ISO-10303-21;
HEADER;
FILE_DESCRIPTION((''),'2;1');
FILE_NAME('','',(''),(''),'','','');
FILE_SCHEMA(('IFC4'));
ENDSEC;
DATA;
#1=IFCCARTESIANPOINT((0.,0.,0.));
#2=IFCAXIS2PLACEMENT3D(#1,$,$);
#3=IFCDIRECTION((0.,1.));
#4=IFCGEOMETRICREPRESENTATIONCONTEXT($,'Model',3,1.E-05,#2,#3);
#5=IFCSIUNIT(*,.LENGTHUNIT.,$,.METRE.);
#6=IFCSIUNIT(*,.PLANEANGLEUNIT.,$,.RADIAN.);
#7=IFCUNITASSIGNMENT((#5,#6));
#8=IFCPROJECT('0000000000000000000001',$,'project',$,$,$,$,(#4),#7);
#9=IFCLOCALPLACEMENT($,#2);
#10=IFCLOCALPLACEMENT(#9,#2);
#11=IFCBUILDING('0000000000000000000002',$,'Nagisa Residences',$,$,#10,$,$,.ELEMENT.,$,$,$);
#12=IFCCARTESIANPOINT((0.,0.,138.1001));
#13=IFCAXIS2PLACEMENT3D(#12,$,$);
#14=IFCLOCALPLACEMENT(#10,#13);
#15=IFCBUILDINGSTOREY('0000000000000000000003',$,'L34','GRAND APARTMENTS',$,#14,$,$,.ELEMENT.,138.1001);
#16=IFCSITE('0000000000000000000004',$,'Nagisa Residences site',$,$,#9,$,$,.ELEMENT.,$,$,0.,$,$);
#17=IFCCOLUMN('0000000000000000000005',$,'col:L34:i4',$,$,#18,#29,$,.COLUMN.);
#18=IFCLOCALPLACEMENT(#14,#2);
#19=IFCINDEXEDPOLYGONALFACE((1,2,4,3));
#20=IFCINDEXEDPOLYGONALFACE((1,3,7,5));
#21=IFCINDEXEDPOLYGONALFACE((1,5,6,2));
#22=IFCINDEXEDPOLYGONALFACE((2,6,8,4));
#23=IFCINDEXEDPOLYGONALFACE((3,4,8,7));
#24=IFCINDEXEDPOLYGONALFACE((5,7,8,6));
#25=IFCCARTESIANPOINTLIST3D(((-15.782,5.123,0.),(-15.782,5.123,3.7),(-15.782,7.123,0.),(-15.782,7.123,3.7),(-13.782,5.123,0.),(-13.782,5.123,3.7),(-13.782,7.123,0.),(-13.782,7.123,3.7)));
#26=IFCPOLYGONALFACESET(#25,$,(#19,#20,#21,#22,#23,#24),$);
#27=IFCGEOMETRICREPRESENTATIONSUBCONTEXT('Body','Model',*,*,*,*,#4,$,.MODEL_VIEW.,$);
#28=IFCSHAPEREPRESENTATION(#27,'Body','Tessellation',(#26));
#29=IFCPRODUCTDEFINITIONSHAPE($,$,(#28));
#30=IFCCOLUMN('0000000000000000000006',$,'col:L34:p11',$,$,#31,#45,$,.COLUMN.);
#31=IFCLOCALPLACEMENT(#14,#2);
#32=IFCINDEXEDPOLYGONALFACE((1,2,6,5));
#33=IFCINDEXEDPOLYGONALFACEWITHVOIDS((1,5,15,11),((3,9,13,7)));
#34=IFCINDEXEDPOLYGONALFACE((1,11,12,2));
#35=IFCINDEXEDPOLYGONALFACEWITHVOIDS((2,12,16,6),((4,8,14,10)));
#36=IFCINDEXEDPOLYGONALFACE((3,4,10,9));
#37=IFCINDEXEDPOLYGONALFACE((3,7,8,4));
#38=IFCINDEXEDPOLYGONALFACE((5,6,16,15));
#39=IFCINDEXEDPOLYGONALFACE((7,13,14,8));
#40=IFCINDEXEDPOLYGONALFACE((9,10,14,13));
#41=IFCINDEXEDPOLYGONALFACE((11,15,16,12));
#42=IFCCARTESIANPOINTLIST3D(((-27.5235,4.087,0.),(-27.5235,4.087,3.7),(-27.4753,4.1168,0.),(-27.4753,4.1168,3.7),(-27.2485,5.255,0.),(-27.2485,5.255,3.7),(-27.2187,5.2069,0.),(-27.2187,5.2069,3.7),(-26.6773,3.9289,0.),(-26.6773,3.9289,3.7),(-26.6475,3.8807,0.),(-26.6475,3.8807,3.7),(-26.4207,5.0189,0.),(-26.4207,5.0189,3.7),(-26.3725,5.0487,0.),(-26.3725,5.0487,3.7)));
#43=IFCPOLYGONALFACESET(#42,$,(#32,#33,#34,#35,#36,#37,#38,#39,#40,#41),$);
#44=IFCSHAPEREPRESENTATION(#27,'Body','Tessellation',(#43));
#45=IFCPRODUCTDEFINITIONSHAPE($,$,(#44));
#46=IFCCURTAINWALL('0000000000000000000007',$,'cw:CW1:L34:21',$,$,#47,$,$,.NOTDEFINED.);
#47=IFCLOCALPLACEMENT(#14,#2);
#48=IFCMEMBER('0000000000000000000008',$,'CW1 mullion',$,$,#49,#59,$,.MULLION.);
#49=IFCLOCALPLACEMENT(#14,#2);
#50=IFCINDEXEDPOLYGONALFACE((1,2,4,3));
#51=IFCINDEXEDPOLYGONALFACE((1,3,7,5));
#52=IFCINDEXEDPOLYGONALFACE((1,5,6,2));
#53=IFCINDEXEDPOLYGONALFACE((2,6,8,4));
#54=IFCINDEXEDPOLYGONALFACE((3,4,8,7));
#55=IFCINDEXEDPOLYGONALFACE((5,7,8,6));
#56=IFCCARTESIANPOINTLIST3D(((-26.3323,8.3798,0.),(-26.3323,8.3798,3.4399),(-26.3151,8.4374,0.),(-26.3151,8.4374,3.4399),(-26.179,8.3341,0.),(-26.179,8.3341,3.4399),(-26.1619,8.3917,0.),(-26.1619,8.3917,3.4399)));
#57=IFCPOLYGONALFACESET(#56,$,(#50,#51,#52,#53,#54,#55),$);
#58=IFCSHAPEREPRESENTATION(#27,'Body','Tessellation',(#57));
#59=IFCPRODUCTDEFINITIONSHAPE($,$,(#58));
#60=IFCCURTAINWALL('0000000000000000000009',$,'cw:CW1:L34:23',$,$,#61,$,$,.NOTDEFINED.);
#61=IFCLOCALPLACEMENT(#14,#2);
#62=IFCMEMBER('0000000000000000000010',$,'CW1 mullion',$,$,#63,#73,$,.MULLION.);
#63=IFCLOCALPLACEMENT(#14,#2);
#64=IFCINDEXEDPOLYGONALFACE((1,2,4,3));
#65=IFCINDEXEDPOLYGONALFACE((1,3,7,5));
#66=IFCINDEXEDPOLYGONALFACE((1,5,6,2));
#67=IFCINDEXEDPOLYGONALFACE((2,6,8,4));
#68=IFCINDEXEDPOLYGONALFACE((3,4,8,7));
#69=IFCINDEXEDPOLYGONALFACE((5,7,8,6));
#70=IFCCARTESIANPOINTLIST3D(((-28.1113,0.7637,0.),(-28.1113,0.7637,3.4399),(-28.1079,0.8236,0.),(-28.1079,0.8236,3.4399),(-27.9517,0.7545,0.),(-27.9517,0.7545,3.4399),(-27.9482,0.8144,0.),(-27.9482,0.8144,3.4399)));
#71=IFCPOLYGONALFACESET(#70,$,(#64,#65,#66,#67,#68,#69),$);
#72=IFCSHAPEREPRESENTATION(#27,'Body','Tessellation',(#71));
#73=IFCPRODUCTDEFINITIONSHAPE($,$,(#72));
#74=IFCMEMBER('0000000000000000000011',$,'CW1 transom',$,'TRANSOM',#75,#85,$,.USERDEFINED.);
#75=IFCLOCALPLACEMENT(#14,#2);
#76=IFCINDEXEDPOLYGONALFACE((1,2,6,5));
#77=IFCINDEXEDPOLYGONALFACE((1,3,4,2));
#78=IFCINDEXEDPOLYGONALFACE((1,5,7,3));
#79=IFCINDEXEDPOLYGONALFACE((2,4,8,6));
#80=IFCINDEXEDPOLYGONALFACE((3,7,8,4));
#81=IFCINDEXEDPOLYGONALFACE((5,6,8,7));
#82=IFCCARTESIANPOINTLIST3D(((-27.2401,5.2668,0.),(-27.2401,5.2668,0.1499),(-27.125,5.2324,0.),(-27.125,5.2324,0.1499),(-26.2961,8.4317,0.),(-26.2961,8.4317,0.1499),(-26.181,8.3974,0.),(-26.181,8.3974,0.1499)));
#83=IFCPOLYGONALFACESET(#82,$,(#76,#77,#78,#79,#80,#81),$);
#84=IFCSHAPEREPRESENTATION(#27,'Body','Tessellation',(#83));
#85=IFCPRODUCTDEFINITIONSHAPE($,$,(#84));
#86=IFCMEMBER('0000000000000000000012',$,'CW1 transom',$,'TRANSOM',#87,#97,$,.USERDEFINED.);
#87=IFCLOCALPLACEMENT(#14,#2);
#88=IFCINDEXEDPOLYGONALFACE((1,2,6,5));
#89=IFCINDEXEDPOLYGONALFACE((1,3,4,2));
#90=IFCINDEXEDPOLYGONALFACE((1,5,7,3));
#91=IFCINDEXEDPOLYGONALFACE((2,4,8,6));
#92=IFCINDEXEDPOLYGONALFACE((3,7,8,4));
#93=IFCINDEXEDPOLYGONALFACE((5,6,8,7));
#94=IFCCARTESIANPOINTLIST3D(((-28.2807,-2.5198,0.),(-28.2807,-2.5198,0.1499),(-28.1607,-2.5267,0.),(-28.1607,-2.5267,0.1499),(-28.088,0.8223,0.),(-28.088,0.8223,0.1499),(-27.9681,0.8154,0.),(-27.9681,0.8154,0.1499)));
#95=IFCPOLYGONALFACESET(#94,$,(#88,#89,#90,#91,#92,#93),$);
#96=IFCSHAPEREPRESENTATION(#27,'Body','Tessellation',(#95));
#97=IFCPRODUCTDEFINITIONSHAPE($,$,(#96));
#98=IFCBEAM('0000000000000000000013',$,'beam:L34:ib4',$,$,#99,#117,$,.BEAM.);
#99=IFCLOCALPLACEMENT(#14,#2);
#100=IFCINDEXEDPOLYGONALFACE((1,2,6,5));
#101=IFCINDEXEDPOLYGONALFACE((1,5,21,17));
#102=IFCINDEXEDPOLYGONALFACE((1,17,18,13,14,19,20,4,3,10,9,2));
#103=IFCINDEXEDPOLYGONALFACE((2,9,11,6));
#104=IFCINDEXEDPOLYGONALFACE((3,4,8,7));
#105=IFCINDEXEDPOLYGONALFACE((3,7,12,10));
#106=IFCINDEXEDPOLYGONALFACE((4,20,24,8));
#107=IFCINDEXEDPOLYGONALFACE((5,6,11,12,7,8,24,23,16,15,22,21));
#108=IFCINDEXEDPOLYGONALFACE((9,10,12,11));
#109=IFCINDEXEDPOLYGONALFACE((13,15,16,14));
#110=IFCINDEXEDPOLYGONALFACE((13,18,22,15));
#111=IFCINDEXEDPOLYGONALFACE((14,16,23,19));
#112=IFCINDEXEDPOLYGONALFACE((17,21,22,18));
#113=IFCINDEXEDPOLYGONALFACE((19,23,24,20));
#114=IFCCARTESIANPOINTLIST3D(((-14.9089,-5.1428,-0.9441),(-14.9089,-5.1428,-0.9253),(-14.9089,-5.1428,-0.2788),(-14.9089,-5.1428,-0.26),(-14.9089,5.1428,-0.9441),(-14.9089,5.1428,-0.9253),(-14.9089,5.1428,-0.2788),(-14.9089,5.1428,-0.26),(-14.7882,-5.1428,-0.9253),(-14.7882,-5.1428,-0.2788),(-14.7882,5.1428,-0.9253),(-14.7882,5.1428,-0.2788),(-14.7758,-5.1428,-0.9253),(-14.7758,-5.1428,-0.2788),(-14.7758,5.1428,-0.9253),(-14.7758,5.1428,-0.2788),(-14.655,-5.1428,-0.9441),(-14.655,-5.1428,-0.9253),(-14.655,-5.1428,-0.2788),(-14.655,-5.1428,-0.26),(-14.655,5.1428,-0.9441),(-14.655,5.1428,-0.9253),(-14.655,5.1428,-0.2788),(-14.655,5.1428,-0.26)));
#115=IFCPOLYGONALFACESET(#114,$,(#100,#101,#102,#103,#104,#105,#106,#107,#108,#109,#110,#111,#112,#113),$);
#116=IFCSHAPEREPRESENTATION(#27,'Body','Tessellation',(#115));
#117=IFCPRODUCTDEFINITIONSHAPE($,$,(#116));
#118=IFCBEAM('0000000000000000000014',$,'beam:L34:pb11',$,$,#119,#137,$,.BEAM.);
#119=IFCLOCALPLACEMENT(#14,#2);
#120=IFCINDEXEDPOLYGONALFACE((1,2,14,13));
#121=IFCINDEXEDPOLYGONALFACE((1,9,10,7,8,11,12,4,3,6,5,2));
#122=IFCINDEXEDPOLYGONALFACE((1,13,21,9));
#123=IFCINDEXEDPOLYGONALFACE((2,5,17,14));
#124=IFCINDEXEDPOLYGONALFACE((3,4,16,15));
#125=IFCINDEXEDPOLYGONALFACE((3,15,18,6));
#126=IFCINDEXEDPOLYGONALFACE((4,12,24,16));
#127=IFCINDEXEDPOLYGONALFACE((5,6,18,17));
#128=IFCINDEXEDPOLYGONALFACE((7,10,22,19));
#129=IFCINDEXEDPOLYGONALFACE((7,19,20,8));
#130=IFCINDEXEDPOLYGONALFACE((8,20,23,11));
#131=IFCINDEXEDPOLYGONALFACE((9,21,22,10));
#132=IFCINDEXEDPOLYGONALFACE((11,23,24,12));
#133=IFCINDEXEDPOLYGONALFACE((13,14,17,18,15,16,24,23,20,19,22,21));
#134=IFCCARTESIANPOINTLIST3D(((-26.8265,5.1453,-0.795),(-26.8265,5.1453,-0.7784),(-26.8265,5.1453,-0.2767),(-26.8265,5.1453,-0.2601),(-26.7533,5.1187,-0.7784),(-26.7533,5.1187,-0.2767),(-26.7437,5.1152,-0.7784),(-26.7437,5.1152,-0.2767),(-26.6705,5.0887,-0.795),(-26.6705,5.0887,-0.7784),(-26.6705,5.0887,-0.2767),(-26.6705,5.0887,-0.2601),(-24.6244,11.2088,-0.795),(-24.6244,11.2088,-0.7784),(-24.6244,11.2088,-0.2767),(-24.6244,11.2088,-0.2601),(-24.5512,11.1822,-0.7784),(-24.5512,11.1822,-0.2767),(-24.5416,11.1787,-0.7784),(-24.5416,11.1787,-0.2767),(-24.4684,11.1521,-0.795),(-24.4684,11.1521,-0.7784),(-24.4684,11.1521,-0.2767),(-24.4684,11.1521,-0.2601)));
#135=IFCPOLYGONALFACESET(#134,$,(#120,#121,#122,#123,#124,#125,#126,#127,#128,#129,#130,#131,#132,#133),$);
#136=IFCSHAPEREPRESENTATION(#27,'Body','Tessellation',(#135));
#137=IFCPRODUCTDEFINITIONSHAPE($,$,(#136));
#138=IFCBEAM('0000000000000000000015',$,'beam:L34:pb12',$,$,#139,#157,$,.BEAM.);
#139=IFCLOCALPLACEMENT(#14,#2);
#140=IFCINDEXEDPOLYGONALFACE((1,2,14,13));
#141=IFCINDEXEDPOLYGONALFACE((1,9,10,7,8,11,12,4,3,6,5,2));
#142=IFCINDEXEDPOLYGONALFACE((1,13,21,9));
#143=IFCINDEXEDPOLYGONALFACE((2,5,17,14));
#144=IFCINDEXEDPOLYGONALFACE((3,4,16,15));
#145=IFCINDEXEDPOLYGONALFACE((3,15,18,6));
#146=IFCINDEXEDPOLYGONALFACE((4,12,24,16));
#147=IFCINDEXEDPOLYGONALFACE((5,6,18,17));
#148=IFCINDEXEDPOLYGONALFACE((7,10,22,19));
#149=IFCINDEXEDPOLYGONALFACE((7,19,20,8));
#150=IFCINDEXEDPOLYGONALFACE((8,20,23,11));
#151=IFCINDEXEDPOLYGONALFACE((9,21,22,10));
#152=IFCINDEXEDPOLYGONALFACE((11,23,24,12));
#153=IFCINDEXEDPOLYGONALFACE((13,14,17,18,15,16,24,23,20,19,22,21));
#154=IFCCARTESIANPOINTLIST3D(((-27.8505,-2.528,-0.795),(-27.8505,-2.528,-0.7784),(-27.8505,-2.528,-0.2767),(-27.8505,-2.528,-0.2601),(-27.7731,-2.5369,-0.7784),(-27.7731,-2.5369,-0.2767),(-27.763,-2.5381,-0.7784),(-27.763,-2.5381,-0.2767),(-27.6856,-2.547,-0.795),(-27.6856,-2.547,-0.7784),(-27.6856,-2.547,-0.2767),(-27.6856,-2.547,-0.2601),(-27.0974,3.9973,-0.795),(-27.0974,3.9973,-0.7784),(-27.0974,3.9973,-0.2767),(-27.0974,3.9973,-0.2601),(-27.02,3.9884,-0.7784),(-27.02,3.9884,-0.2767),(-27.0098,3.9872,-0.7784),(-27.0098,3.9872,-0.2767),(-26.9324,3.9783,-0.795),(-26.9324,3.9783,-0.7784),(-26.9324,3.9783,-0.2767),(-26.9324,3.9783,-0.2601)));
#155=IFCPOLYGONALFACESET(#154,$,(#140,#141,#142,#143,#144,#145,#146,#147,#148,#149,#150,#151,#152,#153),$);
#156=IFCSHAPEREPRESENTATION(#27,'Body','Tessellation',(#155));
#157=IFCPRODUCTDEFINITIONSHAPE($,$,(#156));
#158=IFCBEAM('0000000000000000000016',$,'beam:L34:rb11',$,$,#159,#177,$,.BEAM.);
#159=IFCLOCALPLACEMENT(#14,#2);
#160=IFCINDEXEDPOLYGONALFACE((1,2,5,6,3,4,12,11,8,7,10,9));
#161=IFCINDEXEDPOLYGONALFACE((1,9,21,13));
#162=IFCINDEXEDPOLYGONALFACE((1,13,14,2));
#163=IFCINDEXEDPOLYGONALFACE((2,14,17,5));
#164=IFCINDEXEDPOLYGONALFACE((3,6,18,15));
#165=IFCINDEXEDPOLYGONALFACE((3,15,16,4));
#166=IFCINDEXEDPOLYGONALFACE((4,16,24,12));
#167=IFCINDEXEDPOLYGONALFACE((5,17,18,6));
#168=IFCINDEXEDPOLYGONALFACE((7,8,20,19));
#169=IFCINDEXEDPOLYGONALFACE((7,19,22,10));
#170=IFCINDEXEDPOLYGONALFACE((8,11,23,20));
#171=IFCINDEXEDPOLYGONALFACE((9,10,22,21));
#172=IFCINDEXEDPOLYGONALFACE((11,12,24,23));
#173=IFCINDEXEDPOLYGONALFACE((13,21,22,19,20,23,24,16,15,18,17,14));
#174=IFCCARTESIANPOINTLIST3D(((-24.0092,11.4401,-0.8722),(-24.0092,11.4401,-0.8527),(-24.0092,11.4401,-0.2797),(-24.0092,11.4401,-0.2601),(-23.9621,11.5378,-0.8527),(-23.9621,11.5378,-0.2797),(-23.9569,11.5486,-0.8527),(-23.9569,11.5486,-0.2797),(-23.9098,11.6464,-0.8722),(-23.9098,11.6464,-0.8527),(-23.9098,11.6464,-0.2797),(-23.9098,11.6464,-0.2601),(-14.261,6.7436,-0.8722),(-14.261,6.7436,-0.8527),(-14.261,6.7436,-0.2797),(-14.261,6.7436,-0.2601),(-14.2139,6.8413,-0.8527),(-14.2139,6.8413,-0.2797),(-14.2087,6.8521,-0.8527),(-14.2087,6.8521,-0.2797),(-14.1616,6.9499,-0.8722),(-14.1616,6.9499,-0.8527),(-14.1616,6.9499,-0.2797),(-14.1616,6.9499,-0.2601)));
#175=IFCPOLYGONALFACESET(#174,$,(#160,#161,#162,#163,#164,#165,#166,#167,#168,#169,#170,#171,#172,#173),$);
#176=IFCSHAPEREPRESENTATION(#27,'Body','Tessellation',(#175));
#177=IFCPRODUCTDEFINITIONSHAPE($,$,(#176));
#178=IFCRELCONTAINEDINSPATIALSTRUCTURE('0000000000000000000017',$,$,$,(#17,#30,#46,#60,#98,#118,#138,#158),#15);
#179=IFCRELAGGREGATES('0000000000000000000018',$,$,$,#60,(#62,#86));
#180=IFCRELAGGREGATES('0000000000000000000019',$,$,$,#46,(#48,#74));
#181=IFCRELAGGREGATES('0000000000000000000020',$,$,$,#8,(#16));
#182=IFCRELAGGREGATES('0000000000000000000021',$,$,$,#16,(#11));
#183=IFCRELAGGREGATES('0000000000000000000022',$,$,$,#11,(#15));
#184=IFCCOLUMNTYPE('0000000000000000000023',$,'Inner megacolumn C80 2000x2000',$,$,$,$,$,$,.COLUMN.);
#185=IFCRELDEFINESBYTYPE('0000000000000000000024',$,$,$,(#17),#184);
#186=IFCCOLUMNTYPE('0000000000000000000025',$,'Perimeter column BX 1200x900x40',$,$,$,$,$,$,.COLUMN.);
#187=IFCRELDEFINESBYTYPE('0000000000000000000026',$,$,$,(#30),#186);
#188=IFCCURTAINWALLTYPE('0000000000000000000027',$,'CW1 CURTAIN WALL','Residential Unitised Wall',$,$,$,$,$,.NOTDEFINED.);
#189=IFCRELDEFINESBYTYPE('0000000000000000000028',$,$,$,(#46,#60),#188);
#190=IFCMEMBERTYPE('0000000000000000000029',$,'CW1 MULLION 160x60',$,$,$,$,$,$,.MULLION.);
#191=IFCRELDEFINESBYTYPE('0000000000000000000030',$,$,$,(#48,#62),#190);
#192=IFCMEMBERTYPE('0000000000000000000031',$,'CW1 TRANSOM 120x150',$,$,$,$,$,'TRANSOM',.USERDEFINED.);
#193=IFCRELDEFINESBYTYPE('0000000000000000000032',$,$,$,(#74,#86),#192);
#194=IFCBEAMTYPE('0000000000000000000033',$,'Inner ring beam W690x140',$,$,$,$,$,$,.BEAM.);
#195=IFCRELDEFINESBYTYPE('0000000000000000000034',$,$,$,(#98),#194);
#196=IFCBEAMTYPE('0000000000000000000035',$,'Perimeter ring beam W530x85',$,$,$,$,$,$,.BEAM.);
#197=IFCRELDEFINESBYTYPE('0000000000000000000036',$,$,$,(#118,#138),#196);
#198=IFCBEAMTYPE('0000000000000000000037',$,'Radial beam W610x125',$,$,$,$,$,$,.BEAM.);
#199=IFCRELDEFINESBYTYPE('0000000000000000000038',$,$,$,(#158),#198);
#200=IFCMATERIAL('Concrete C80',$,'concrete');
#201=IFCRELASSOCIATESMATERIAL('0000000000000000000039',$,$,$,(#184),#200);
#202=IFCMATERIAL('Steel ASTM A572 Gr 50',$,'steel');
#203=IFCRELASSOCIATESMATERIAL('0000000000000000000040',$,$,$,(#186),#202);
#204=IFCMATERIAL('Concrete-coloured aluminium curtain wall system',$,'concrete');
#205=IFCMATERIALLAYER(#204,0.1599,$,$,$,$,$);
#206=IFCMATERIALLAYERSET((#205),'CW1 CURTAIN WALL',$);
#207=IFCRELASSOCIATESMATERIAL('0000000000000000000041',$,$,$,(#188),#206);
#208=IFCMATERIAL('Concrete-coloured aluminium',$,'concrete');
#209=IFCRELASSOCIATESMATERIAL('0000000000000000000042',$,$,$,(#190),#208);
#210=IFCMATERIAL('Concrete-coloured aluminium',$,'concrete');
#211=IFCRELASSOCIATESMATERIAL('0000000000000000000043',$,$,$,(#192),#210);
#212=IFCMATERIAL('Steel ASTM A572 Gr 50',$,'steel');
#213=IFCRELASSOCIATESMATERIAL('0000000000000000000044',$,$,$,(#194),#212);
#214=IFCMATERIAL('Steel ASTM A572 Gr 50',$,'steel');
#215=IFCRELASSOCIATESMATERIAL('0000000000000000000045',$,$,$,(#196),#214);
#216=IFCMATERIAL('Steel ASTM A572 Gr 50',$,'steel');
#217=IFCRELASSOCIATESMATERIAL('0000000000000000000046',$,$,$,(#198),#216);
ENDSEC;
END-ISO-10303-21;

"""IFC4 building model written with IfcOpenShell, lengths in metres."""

from ifc_helpers import new_model, si_unit, direction, frame, origin, origin_2d, place, context, subcontext, project, spatial, rectangle, hollow_rectangle, i_section, extrude, material, layer, layer_set, material_profile, profile_set, type_object, element, aggregate, save


model = new_model("IFC4")

# Units and contexts
model_context = context("Model", 3, precision=1e-05, world=origin(), true_north=direction((0.0, 1.0)))
body_context = subcontext(model_context, "Body", "Model", "MODEL_VIEW")
ifc_project = project(units=[si_unit("LENGTHUNIT", "METRE"), si_unit("PLANEANGLEUNIT", "RADIAN")], contexts=[model_context])

# Site, building, storey
site_placement = place(None, origin())
site = spatial("IfcSite", under=ifc_project, at=site_placement, Name="Nagisa Residences site", CompositionType="ELEMENT", RefElevation=0.0)
building_placement = place(site_placement, origin())
building = spatial("IfcBuilding", under=site, at=building_placement, Name="Nagisa Residences", CompositionType="ELEMENT")
storey_placement = place(building_placement, frame((0.0, 0.0, 138.1001)))
storey = spatial("IfcBuildingStorey", under=building, at=storey_placement, Name="L34", Description="GRAND APARTMENTS", CompositionType="ELEMENT", Elevation=138.1001)

# Columns
ifc_material_1 = material(Name="Concrete C80", Category="concrete")
ifc_material_profile_1 = material_profile(ifc_material_1, rectangle(XDim=2.0, YDim=2.0, at=origin_2d()), Name="C80 2000x2000")
ifc_profile_set_1 = profile_set([ifc_material_profile_1], Name="Concrete C80")
column_type_1 = type_object("IfcColumnType", Name="Inner megacolumn C80 2000x2000", PredefinedType="COLUMN", material=ifc_profile_set_1)
column_1_placement = place(storey_placement, frame((-14.782, 6.123, 0.0), z_axis=(0.0, 0.0, 1.0), x_axis=(1.0, 0.0, 0.0)))
element("IfcColumn", 1, at=column_1_placement, inside=storey, type_object=column_type_1, Name="col:L34:i4", PredefinedType="COLUMN", context=body_context, shape_type="SweptSolid", body=[
    extrude(rectangle(XDim=2.0, YDim=2.0, at=origin_2d()), origin(), (0.0, 0.0, 1.0), 3.7),
])
ifc_material_2 = material(Name="Steel ASTM A572 Gr 50", Category="steel")
ifc_material_profile_2 = material_profile(ifc_material_2, hollow_rectangle(XDim=1.2, YDim=0.8999, WallThickness=0.04, at=origin_2d()), Name="BX 1200x900x40")
ifc_profile_set_2 = profile_set([ifc_material_profile_2], Name="Steel ASTM A572 Gr 50")
column_type_2 = type_object("IfcColumnType", Name="Perimeter column BX 1200x900x40", PredefinedType="COLUMN", material=ifc_profile_set_2)
column_2_placement = place(storey_placement, frame((-26.948, 4.5679, 0.0), z_axis=(0.0, 0.0, 1.0), x_axis=(-0.229202, -0.973379, 0.0)))
element("IfcColumn", 2, at=column_2_placement, inside=storey, type_object=column_type_2, Name="col:L34:p11", PredefinedType="COLUMN", context=body_context, shape_type="SweptSolid", body=[
    extrude(hollow_rectangle(XDim=1.2, YDim=0.8999, WallThickness=0.04, at=origin_2d()), origin(), (0.0, 0.0, 1.0), 3.7),
])

# Curtain walls, members
ifc_material_3 = material(Name="Concrete-coloured aluminium curtain wall system", Category="concrete")
ifc_layer_1 = layer(ifc_material_3, 0.1599)
ifc_layer_set_1 = layer_set([ifc_layer_1], Name="CW1 CURTAIN WALL")
curtain_wall_type = type_object("IfcCurtainWallType", Name="CW1 CURTAIN WALL", Description="Residential Unitised Wall", PredefinedType="NOTDEFINED", material=ifc_layer_set_1)
curtain_wall_1_placement = place(storey_placement, origin())
curtain_wall_1 = element("IfcCurtainWall", 3, at=curtain_wall_1_placement, inside=storey, type_object=curtain_wall_type, Name="cw:CW1:L34:21", PredefinedType="NOTDEFINED")
ifc_material_4 = material(Name="Concrete-coloured aluminium", Category="concrete")
ifc_material_profile_3 = material_profile(ifc_material_4, rectangle(XDim=0.1599, YDim=0.0601, at=origin_2d()), Name="CW1 MULLION 160x60")
ifc_profile_set_3 = profile_set([ifc_material_profile_3], Name="Concrete-coloured aluminium")
member_type_1 = type_object("IfcMemberType", Name="CW1 MULLION 160x60", PredefinedType="MULLION", material=ifc_profile_set_3)
member_1_placement = place(storey_placement, frame((-26.2471, 8.3857, 0.0), z_axis=(0.0, 0.0, 1.0), x_axis=(0.958271, -0.28586, 0.0)))
member_1 = element("IfcMember", 4, at=member_1_placement, type_object=member_type_1, Name="CW1 mullion", PredefinedType="MULLION", context=body_context, shape_type="SweptSolid", body=[
    extrude(rectangle(XDim=0.1599, YDim=0.0601, at=origin_2d()), origin(), (0.0, 0.0, 1.0), 3.4399),
])
curtain_wall_2_placement = place(storey_placement, origin())
curtain_wall_2 = element("IfcCurtainWall", 5, at=curtain_wall_2_placement, inside=storey, type_object=curtain_wall_type, Name="cw:CW1:L34:23", PredefinedType="NOTDEFINED")
member_2_placement = place(storey_placement, frame((-28.0298, 0.7891, 0.0), z_axis=(0.0, 0.0, 1.0), x_axis=(0.998345, -0.057503, 0.0)))
member_2 = element("IfcMember", 6, at=member_2_placement, type_object=member_type_1, Name="CW1 mullion", PredefinedType="MULLION", context=body_context, shape_type="SweptSolid", body=[
    extrude(rectangle(XDim=0.1599, YDim=0.0601, at=origin_2d()), origin(), (0.0, 0.0, 1.0), 3.4399),
])

# Members
ifc_material_5 = material(Name="Concrete-coloured aluminium", Category="concrete")
ifc_material_profile_4 = material_profile(ifc_material_5, rectangle(XDim=0.1201, YDim=0.1499, at=origin_2d()), Name="CW1 TRANSOM 120x150")
ifc_profile_set_4 = profile_set([ifc_material_profile_4], Name="Concrete-coloured aluminium")
member_type_2 = type_object("IfcMemberType", Name="CW1 TRANSOM 120x150", ElementType="TRANSOM", PredefinedType="USERDEFINED", material=ifc_profile_set_4)
member_3_placement = place(storey_placement, frame((-26.2385, 8.4146, 0.075), z_axis=(-0.285842, -0.958277, 0.0), x_axis=(0.958277, -0.285842, 0.0)))
member_3 = element("IfcMember", 7, at=member_3_placement, type_object=member_type_2, Name="CW1 transom", ObjectType="TRANSOM", PredefinedType="USERDEFINED", context=body_context, shape_type="SweptSolid", body=[
    extrude(rectangle(XDim=0.1201, YDim=0.1499, at=origin_2d()), origin(), (0.0, 0.0, 1.0), 3.3027),
])
member_4_placement = place(storey_placement, frame((-28.0281, 0.8188, 0.075), z_axis=(-0.057542, -0.998343, 0.0), x_axis=(0.998343, -0.057542, 0.0)))
member_4 = element("IfcMember", 8, at=member_4_placement, type_object=member_type_2, Name="CW1 transom", ObjectType="TRANSOM", PredefinedType="USERDEFINED", context=body_context, shape_type="SweptSolid", body=[
    extrude(rectangle(XDim=0.1201, YDim=0.1499, at=origin_2d()), origin(), (0.0, 0.0, 1.0), 3.3477),
])
aggregate(curtain_wall_2, [member_2, member_4])

# Beams
ifc_material_6 = material(Name="Steel ASTM A572 Gr 50", Category="steel")
ifc_material_profile_5 = material_profile(ifc_material_6, i_section(OverallWidth=0.2539, OverallDepth=0.6841, WebThickness=0.0125, FlangeThickness=0.0188, at=origin_2d()), Name="W690x140")
ifc_profile_set_5 = profile_set([ifc_material_profile_5], Name="Steel ASTM A572 Gr 50")
beam_type_1 = type_object("IfcBeamType", Name="Inner ring beam W690x140", PredefinedType="BEAM", material=ifc_profile_set_5)
beam_1_placement = place(storey_placement, frame((-14.782, 5.1428, -0.6021), z_axis=(0.0, -1.0, 0.0), x_axis=(1.0, 0.0, 0.0)))
element("IfcBeam", 9, at=beam_1_placement, inside=storey, type_object=beam_type_1, Name="beam:L34:ib4", PredefinedType="BEAM", context=body_context, shape_type="SweptSolid", body=[
    extrude(i_section(OverallWidth=0.2539, OverallDepth=0.6841, WebThickness=0.0125, FlangeThickness=0.0188, at=origin_2d()), origin(), (0.0, 0.0, 1.0), 10.2856),
])
ifc_material_7 = material(Name="Steel ASTM A572 Gr 50", Category="steel")
ifc_material_profile_6 = material_profile(ifc_material_7, i_section(OverallWidth=0.166, OverallDepth=0.5349, WebThickness=0.0103, FlangeThickness=0.0166, at=origin_2d()), Name="W530x85")
ifc_profile_set_6 = profile_set([ifc_material_profile_6], Name="Steel ASTM A572 Gr 50")
beam_type_2 = type_object("IfcBeamType", Name="Perimeter ring beam W530x85", PredefinedType="BEAM", material=ifc_profile_set_6)
beam_2_placement = place(storey_placement, frame((-24.5464, 11.1804, -0.5276), z_axis=(-0.341366, -0.93993, 0.0), x_axis=(0.93993, -0.341366, 0.0)))
element("IfcBeam", 10, at=beam_2_placement, inside=storey, type_object=beam_type_2, Name="beam:L34:pb11", PredefinedType="BEAM", context=body_context, shape_type="SweptSolid", body=[
    extrude(i_section(OverallWidth=0.166, OverallDepth=0.5349, WebThickness=0.0103, FlangeThickness=0.0166, at=origin_2d()), origin(), (0.0, 0.0, 1.0), 6.4509),
])
beam_3_placement = place(storey_placement, frame((-27.0149, 3.9878, -0.5276), z_axis=(-0.114661, -0.993405, 0.0), x_axis=(0.993405, -0.114661, 0.0)))
element("IfcBeam", 11, at=beam_3_placement, inside=storey, type_object=beam_type_2, Name="beam:L34:pb12", PredefinedType="BEAM", context=body_context, shape_type="SweptSolid", body=[
    extrude(i_section(OverallWidth=0.166, OverallDepth=0.5349, WebThickness=0.0103, FlangeThickness=0.0166, at=origin_2d()), origin(), (0.0, 0.0, 1.0), 6.5686),
])
ifc_material_8 = material(Name="Steel ASTM A572 Gr 50", Category="steel")
ifc_material_profile_7 = material_profile(ifc_material_8, i_section(OverallWidth=0.229, OverallDepth=0.6121, WebThickness=0.012, FlangeThickness=0.0195, at=origin_2d()), Name="W610x125")
ifc_profile_set_7 = profile_set([ifc_material_profile_7], Name="Steel ASTM A572 Gr 50")
beam_type_3 = type_object("IfcBeamType", Name="Radial beam W610x125", PredefinedType="BEAM", material=ifc_profile_set_7)
beam_4_placement = place(storey_placement, frame((-23.9595, 11.5432, -0.5662), z_axis=(0.900896, -0.434034, 0.0), x_axis=(0.434034, 0.900896, 0.0)))
element("IfcBeam", 12, at=beam_4_placement, inside=storey, type_object=beam_type_3, Name="beam:L34:rb11", PredefinedType="BEAM", context=body_context, shape_type="SweptSolid", body=[
    extrude(i_section(OverallWidth=0.229, OverallDepth=0.6121, WebThickness=0.012, FlangeThickness=0.0195, at=origin_2d()), origin(), (0.0, 0.0, 1.0), 10.8206),
])

aggregate(curtain_wall_1, [member_1, member_3])

save(model, "model.ifc")
